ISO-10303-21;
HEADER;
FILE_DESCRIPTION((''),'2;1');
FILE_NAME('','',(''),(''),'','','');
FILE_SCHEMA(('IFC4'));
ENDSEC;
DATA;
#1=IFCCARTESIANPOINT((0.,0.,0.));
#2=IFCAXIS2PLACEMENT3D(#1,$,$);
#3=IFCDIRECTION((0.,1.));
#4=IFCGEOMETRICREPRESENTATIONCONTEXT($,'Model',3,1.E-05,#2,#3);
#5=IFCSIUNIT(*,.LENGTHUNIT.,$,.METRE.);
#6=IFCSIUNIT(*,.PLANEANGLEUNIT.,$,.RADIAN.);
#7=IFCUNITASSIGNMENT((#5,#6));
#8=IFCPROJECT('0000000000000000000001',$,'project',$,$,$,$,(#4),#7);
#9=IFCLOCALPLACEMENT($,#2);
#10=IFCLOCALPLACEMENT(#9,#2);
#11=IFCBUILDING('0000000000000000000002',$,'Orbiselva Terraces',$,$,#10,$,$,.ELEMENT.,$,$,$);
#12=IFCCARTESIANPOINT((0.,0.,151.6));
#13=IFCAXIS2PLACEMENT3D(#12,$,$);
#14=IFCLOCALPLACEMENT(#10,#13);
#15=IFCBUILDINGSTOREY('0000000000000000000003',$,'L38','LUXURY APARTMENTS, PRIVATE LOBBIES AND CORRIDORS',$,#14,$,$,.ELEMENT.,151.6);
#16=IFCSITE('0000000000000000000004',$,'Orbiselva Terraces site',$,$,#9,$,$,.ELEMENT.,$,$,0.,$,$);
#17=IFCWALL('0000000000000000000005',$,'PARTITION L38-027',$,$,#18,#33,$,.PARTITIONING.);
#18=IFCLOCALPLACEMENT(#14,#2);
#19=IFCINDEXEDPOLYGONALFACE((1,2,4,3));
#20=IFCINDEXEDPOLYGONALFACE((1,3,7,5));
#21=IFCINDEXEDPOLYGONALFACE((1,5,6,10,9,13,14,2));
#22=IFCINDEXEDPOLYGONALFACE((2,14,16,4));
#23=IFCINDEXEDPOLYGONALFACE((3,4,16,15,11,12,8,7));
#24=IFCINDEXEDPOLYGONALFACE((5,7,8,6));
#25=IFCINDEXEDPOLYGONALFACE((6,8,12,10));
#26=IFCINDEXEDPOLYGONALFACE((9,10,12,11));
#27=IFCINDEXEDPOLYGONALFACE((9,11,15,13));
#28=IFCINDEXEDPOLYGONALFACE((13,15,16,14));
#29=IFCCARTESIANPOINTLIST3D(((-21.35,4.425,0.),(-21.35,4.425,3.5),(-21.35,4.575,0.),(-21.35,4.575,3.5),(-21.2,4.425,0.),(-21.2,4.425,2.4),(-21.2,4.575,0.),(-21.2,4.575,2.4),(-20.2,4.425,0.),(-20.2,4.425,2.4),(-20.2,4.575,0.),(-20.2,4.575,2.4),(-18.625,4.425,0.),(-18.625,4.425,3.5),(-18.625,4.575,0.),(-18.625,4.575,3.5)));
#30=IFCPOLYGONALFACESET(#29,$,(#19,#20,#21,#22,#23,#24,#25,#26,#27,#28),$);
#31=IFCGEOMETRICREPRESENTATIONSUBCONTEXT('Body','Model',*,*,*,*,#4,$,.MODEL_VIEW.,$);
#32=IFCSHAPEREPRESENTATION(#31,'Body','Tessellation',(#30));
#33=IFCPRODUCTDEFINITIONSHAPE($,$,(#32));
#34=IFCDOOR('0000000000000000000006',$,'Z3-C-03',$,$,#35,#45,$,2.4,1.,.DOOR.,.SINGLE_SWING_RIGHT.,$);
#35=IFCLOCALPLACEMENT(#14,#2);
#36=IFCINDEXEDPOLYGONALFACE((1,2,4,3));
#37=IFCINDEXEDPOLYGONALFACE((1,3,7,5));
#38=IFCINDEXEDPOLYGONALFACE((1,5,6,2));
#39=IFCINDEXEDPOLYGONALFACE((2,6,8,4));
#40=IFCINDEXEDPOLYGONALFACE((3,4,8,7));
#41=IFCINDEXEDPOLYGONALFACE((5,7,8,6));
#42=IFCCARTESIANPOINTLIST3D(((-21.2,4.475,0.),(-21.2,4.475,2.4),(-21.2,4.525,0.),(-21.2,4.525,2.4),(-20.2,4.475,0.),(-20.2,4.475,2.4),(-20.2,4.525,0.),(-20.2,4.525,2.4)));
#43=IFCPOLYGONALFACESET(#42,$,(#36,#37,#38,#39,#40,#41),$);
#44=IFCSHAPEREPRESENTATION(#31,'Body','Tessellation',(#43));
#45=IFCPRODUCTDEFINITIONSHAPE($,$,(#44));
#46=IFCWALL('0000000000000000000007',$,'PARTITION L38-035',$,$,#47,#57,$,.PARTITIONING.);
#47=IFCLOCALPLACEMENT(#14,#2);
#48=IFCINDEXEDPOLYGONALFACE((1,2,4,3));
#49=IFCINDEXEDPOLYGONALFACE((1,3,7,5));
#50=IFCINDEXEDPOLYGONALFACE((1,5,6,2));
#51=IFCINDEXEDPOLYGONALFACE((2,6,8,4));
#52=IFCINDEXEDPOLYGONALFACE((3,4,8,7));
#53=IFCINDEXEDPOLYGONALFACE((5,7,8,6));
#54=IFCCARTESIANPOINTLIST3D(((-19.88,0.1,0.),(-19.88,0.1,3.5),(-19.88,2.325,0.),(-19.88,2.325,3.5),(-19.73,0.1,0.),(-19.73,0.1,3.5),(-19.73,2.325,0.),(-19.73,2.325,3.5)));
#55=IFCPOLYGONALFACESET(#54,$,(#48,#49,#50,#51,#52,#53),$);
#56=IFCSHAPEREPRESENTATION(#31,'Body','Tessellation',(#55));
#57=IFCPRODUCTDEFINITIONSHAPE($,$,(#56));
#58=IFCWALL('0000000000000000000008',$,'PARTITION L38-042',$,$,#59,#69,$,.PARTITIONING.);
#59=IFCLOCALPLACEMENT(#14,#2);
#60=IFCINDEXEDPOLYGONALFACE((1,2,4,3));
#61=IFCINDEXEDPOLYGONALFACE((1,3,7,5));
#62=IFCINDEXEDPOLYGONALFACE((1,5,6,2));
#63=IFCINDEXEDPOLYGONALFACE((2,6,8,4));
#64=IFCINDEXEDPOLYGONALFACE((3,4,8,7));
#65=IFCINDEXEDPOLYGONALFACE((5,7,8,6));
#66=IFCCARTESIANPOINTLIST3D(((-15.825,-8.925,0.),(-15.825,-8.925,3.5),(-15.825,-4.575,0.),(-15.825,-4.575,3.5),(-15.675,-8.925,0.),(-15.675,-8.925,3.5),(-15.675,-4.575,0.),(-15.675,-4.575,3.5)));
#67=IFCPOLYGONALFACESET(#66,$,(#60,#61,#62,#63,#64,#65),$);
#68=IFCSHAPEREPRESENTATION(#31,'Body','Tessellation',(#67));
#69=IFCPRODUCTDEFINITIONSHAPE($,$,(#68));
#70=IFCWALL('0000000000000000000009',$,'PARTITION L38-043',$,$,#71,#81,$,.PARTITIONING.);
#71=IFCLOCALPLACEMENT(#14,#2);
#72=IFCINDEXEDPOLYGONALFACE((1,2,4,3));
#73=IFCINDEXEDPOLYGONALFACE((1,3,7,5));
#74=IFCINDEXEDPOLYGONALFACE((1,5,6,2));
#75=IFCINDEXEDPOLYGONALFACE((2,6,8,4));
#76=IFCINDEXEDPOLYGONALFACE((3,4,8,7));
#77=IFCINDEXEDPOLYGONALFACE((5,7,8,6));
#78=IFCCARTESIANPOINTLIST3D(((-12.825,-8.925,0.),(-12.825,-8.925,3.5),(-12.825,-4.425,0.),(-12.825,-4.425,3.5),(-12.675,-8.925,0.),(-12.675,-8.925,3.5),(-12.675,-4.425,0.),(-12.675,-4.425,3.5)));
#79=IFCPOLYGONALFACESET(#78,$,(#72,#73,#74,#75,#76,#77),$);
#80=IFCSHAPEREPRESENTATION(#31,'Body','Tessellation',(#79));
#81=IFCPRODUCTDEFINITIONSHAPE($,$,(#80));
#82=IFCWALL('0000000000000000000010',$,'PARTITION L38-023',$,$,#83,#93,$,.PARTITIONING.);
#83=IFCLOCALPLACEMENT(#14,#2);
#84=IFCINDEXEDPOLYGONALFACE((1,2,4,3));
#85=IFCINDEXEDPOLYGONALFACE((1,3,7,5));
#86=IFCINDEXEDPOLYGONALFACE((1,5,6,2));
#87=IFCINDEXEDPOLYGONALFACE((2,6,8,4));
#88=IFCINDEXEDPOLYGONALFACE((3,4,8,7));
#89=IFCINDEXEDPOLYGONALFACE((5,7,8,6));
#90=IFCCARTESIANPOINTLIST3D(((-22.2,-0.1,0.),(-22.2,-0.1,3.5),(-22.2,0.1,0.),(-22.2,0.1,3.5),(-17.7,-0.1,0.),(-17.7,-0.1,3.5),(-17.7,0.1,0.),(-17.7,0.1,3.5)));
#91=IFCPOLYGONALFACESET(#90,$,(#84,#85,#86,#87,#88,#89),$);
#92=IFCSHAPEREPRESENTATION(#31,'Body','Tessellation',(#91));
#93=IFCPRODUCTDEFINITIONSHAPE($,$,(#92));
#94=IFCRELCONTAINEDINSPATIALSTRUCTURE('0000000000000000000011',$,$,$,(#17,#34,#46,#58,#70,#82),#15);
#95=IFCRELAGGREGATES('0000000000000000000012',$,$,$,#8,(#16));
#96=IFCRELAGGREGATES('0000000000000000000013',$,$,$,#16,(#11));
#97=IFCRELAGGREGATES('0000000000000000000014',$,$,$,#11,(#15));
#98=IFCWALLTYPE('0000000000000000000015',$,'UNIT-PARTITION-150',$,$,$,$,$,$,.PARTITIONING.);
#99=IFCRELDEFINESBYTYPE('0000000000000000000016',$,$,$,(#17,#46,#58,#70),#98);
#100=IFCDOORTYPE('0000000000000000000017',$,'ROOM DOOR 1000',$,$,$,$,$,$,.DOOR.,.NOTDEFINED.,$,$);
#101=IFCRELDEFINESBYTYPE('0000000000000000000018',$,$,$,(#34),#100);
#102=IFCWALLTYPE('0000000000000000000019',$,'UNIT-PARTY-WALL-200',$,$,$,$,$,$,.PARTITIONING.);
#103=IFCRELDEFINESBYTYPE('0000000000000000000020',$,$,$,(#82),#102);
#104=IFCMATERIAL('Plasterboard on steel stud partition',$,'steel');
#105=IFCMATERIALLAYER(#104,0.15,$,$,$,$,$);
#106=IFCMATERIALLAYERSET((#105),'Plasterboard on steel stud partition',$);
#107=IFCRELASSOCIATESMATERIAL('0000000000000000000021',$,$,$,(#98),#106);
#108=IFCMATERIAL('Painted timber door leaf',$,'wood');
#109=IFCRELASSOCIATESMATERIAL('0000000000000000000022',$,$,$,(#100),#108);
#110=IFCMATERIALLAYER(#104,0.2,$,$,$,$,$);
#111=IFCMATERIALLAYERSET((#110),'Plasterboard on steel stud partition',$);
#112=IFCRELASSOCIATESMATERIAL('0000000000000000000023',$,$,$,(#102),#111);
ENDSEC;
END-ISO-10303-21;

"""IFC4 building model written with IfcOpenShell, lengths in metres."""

from ifc_helpers import new_model, si_unit, direction, frame, frame_2d, origin, place, context, subcontext, project, spatial, rectangle, extrude, material, layer, layer_set, type_object, element, fill, save


model = new_model("IFC4")

# Units and contexts
model_context = context("Model", 3, precision=1e-05, world=origin(), true_north=direction((0.0, 1.0)))
body_context = subcontext(model_context, "Body", "Model", "MODEL_VIEW")
ifc_project = project(units=[si_unit("LENGTHUNIT", "METRE"), si_unit("PLANEANGLEUNIT", "RADIAN")], contexts=[model_context])

# Site, building, storey
site_placement = place(None, origin())
site = spatial("IfcSite", under=ifc_project, at=site_placement, Name="Orbiselva Terraces site", CompositionType="ELEMENT", RefElevation=0.0)
building_placement = place(site_placement, origin())
building = spatial("IfcBuilding", under=site, at=building_placement, Name="Orbiselva Terraces", CompositionType="ELEMENT")
storey_placement = place(building_placement, frame((0.0, 0.0, 151.6)))
storey = spatial("IfcBuildingStorey", under=building, at=storey_placement, Name="L38", Description="LUXURY APARTMENTS, PRIVATE LOBBIES AND CORRIDORS", CompositionType="ELEMENT", Elevation=151.6)

# Shared definitions
ifc_material_1 = material(Name="Plasterboard on steel stud partition", Category="steel")

# Shared definitions
ifc_layer_1 = layer(ifc_material_1, 0.15)
ifc_layer_set_1 = layer_set([ifc_layer_1], Name="Plasterboard on steel stud partition")
wall_type_1 = type_object("IfcWallType", Name="UNIT-PARTITION-150", PredefinedType="PARTITIONING", material=ifc_layer_set_1)
ifc_material_2 = material(Name="Painted timber door leaf", Category="wood")

# Wall, opening, door
wall_1_placement = place(storey_placement, frame((-18.625, 4.5, 0.0), z_axis=(0.0, 0.0, 1.0), x_axis=(-1.0, 0.0, 0.0)))
wall_1 = element("IfcWall", 1, at=wall_1_placement, inside=storey, type_object=wall_type_1, Name="PARTITION L38-027", PredefinedType="PARTITIONING", context=body_context, shape_type="SweptSolid", body=[
    extrude(rectangle(XDim=2.725, YDim=0.15, at=frame_2d((1.3625, 0.0))), origin(), (0.0, 0.0, 1.0), 3.5),
])
opening_1_placement = place(wall_1_placement, frame((1.575, 0.0, 0.0)))
opening_1 = element("IfcOpeningElement", 2, at=opening_1_placement, cuts=wall_1, PredefinedType="OPENING", context=body_context, shape_type="SweptSolid", body=[
    extrude(rectangle(XDim=1.0, YDim=2.4, at=frame_2d((0.5, 1.2))), frame((0.0, 0.085, 0.0), z_axis=(0.0, -1.0, 0.0), x_axis=(1.0, 0.0, 0.0)), (0.0, 0.0, 1.0), 0.17),
])
door_type_1 = type_object("IfcDoorType", Name="ROOM DOOR 1000", OperationType="NOTDEFINED", PredefinedType="DOOR", material=ifc_material_2)
door_1_placement = place(opening_1_placement, origin())
door_1 = element("IfcDoor", 3, at=door_1_placement, inside=storey, type_object=door_type_1, Name="Z3-C-03", OperationType="SINGLE_SWING_RIGHT", OverallHeight=2.4, OverallWidth=1.0, PredefinedType="DOOR", context=body_context, shape_type="SweptSolid", body=[
    extrude(rectangle(XDim=1.0, YDim=2.4, at=frame_2d((0.5, 1.2))), frame((0.0, 0.025, 0.0), z_axis=(0.0, -1.0, 0.0), x_axis=(1.0, 0.0, 0.0)), (0.0, 0.0, 1.0), 0.05),
])
fill(opening_1, door_1)

# Walls
wall_2_placement = place(storey_placement, frame((-19.805, 0.1, 0.0), z_axis=(0.0, 0.0, 1.0), x_axis=(0.0, 1.0, 0.0)))
element("IfcWall", 4, at=wall_2_placement, inside=storey, type_object=wall_type_1, Name="PARTITION L38-035", PredefinedType="PARTITIONING", context=body_context, shape_type="SweptSolid", body=[
    extrude(rectangle(XDim=2.225, YDim=0.15, at=frame_2d((1.1125, 0.0))), origin(), (0.0, 0.0, 1.0), 3.5),
])
wall_3_placement = place(storey_placement, frame((-15.75, -8.925, 0.0), z_axis=(0.0, 0.0, 1.0), x_axis=(0.0, 1.0, 0.0)))
element("IfcWall", 5, at=wall_3_placement, inside=storey, type_object=wall_type_1, Name="PARTITION L38-042", PredefinedType="PARTITIONING", context=body_context, shape_type="SweptSolid", body=[
    extrude(rectangle(XDim=4.35, YDim=0.15, at=frame_2d((2.175, 0.0))), origin(), (0.0, 0.0, 1.0), 3.5),
])
wall_4_placement = place(storey_placement, frame((-12.75, -8.925, 0.0), z_axis=(0.0, 0.0, 1.0), x_axis=(0.0, 1.0, 0.0)))
element("IfcWall", 6, at=wall_4_placement, inside=storey, type_object=wall_type_1, Name="PARTITION L38-043", PredefinedType="PARTITIONING", context=body_context, shape_type="SweptSolid", body=[
    extrude(rectangle(XDim=4.5, YDim=0.15, at=frame_2d((2.25, 0.0))), origin(), (0.0, 0.0, 1.0), 3.5),
])
ifc_layer_2 = layer(ifc_material_1, 0.2)
ifc_layer_set_2 = layer_set([ifc_layer_2], Name="Plasterboard on steel stud partition")
wall_type_2 = type_object("IfcWallType", Name="UNIT-PARTY-WALL-200", PredefinedType="PARTITIONING", material=ifc_layer_set_2)
wall_5_placement = place(storey_placement, frame((-22.2, 0.0, 0.0), z_axis=(0.0, 0.0, 1.0), x_axis=(1.0, 0.0, 0.0)))
element("IfcWall", 7, at=wall_5_placement, inside=storey, type_object=wall_type_2, Name="PARTITION L38-023", PredefinedType="PARTITIONING", context=body_context, shape_type="SweptSolid", body=[
    extrude(rectangle(XDim=4.5, YDim=0.2, at=frame_2d((2.25, 0.0))), origin(), (0.0, 0.0, 1.0), 3.5),
])

save(model, "model.ifc")
